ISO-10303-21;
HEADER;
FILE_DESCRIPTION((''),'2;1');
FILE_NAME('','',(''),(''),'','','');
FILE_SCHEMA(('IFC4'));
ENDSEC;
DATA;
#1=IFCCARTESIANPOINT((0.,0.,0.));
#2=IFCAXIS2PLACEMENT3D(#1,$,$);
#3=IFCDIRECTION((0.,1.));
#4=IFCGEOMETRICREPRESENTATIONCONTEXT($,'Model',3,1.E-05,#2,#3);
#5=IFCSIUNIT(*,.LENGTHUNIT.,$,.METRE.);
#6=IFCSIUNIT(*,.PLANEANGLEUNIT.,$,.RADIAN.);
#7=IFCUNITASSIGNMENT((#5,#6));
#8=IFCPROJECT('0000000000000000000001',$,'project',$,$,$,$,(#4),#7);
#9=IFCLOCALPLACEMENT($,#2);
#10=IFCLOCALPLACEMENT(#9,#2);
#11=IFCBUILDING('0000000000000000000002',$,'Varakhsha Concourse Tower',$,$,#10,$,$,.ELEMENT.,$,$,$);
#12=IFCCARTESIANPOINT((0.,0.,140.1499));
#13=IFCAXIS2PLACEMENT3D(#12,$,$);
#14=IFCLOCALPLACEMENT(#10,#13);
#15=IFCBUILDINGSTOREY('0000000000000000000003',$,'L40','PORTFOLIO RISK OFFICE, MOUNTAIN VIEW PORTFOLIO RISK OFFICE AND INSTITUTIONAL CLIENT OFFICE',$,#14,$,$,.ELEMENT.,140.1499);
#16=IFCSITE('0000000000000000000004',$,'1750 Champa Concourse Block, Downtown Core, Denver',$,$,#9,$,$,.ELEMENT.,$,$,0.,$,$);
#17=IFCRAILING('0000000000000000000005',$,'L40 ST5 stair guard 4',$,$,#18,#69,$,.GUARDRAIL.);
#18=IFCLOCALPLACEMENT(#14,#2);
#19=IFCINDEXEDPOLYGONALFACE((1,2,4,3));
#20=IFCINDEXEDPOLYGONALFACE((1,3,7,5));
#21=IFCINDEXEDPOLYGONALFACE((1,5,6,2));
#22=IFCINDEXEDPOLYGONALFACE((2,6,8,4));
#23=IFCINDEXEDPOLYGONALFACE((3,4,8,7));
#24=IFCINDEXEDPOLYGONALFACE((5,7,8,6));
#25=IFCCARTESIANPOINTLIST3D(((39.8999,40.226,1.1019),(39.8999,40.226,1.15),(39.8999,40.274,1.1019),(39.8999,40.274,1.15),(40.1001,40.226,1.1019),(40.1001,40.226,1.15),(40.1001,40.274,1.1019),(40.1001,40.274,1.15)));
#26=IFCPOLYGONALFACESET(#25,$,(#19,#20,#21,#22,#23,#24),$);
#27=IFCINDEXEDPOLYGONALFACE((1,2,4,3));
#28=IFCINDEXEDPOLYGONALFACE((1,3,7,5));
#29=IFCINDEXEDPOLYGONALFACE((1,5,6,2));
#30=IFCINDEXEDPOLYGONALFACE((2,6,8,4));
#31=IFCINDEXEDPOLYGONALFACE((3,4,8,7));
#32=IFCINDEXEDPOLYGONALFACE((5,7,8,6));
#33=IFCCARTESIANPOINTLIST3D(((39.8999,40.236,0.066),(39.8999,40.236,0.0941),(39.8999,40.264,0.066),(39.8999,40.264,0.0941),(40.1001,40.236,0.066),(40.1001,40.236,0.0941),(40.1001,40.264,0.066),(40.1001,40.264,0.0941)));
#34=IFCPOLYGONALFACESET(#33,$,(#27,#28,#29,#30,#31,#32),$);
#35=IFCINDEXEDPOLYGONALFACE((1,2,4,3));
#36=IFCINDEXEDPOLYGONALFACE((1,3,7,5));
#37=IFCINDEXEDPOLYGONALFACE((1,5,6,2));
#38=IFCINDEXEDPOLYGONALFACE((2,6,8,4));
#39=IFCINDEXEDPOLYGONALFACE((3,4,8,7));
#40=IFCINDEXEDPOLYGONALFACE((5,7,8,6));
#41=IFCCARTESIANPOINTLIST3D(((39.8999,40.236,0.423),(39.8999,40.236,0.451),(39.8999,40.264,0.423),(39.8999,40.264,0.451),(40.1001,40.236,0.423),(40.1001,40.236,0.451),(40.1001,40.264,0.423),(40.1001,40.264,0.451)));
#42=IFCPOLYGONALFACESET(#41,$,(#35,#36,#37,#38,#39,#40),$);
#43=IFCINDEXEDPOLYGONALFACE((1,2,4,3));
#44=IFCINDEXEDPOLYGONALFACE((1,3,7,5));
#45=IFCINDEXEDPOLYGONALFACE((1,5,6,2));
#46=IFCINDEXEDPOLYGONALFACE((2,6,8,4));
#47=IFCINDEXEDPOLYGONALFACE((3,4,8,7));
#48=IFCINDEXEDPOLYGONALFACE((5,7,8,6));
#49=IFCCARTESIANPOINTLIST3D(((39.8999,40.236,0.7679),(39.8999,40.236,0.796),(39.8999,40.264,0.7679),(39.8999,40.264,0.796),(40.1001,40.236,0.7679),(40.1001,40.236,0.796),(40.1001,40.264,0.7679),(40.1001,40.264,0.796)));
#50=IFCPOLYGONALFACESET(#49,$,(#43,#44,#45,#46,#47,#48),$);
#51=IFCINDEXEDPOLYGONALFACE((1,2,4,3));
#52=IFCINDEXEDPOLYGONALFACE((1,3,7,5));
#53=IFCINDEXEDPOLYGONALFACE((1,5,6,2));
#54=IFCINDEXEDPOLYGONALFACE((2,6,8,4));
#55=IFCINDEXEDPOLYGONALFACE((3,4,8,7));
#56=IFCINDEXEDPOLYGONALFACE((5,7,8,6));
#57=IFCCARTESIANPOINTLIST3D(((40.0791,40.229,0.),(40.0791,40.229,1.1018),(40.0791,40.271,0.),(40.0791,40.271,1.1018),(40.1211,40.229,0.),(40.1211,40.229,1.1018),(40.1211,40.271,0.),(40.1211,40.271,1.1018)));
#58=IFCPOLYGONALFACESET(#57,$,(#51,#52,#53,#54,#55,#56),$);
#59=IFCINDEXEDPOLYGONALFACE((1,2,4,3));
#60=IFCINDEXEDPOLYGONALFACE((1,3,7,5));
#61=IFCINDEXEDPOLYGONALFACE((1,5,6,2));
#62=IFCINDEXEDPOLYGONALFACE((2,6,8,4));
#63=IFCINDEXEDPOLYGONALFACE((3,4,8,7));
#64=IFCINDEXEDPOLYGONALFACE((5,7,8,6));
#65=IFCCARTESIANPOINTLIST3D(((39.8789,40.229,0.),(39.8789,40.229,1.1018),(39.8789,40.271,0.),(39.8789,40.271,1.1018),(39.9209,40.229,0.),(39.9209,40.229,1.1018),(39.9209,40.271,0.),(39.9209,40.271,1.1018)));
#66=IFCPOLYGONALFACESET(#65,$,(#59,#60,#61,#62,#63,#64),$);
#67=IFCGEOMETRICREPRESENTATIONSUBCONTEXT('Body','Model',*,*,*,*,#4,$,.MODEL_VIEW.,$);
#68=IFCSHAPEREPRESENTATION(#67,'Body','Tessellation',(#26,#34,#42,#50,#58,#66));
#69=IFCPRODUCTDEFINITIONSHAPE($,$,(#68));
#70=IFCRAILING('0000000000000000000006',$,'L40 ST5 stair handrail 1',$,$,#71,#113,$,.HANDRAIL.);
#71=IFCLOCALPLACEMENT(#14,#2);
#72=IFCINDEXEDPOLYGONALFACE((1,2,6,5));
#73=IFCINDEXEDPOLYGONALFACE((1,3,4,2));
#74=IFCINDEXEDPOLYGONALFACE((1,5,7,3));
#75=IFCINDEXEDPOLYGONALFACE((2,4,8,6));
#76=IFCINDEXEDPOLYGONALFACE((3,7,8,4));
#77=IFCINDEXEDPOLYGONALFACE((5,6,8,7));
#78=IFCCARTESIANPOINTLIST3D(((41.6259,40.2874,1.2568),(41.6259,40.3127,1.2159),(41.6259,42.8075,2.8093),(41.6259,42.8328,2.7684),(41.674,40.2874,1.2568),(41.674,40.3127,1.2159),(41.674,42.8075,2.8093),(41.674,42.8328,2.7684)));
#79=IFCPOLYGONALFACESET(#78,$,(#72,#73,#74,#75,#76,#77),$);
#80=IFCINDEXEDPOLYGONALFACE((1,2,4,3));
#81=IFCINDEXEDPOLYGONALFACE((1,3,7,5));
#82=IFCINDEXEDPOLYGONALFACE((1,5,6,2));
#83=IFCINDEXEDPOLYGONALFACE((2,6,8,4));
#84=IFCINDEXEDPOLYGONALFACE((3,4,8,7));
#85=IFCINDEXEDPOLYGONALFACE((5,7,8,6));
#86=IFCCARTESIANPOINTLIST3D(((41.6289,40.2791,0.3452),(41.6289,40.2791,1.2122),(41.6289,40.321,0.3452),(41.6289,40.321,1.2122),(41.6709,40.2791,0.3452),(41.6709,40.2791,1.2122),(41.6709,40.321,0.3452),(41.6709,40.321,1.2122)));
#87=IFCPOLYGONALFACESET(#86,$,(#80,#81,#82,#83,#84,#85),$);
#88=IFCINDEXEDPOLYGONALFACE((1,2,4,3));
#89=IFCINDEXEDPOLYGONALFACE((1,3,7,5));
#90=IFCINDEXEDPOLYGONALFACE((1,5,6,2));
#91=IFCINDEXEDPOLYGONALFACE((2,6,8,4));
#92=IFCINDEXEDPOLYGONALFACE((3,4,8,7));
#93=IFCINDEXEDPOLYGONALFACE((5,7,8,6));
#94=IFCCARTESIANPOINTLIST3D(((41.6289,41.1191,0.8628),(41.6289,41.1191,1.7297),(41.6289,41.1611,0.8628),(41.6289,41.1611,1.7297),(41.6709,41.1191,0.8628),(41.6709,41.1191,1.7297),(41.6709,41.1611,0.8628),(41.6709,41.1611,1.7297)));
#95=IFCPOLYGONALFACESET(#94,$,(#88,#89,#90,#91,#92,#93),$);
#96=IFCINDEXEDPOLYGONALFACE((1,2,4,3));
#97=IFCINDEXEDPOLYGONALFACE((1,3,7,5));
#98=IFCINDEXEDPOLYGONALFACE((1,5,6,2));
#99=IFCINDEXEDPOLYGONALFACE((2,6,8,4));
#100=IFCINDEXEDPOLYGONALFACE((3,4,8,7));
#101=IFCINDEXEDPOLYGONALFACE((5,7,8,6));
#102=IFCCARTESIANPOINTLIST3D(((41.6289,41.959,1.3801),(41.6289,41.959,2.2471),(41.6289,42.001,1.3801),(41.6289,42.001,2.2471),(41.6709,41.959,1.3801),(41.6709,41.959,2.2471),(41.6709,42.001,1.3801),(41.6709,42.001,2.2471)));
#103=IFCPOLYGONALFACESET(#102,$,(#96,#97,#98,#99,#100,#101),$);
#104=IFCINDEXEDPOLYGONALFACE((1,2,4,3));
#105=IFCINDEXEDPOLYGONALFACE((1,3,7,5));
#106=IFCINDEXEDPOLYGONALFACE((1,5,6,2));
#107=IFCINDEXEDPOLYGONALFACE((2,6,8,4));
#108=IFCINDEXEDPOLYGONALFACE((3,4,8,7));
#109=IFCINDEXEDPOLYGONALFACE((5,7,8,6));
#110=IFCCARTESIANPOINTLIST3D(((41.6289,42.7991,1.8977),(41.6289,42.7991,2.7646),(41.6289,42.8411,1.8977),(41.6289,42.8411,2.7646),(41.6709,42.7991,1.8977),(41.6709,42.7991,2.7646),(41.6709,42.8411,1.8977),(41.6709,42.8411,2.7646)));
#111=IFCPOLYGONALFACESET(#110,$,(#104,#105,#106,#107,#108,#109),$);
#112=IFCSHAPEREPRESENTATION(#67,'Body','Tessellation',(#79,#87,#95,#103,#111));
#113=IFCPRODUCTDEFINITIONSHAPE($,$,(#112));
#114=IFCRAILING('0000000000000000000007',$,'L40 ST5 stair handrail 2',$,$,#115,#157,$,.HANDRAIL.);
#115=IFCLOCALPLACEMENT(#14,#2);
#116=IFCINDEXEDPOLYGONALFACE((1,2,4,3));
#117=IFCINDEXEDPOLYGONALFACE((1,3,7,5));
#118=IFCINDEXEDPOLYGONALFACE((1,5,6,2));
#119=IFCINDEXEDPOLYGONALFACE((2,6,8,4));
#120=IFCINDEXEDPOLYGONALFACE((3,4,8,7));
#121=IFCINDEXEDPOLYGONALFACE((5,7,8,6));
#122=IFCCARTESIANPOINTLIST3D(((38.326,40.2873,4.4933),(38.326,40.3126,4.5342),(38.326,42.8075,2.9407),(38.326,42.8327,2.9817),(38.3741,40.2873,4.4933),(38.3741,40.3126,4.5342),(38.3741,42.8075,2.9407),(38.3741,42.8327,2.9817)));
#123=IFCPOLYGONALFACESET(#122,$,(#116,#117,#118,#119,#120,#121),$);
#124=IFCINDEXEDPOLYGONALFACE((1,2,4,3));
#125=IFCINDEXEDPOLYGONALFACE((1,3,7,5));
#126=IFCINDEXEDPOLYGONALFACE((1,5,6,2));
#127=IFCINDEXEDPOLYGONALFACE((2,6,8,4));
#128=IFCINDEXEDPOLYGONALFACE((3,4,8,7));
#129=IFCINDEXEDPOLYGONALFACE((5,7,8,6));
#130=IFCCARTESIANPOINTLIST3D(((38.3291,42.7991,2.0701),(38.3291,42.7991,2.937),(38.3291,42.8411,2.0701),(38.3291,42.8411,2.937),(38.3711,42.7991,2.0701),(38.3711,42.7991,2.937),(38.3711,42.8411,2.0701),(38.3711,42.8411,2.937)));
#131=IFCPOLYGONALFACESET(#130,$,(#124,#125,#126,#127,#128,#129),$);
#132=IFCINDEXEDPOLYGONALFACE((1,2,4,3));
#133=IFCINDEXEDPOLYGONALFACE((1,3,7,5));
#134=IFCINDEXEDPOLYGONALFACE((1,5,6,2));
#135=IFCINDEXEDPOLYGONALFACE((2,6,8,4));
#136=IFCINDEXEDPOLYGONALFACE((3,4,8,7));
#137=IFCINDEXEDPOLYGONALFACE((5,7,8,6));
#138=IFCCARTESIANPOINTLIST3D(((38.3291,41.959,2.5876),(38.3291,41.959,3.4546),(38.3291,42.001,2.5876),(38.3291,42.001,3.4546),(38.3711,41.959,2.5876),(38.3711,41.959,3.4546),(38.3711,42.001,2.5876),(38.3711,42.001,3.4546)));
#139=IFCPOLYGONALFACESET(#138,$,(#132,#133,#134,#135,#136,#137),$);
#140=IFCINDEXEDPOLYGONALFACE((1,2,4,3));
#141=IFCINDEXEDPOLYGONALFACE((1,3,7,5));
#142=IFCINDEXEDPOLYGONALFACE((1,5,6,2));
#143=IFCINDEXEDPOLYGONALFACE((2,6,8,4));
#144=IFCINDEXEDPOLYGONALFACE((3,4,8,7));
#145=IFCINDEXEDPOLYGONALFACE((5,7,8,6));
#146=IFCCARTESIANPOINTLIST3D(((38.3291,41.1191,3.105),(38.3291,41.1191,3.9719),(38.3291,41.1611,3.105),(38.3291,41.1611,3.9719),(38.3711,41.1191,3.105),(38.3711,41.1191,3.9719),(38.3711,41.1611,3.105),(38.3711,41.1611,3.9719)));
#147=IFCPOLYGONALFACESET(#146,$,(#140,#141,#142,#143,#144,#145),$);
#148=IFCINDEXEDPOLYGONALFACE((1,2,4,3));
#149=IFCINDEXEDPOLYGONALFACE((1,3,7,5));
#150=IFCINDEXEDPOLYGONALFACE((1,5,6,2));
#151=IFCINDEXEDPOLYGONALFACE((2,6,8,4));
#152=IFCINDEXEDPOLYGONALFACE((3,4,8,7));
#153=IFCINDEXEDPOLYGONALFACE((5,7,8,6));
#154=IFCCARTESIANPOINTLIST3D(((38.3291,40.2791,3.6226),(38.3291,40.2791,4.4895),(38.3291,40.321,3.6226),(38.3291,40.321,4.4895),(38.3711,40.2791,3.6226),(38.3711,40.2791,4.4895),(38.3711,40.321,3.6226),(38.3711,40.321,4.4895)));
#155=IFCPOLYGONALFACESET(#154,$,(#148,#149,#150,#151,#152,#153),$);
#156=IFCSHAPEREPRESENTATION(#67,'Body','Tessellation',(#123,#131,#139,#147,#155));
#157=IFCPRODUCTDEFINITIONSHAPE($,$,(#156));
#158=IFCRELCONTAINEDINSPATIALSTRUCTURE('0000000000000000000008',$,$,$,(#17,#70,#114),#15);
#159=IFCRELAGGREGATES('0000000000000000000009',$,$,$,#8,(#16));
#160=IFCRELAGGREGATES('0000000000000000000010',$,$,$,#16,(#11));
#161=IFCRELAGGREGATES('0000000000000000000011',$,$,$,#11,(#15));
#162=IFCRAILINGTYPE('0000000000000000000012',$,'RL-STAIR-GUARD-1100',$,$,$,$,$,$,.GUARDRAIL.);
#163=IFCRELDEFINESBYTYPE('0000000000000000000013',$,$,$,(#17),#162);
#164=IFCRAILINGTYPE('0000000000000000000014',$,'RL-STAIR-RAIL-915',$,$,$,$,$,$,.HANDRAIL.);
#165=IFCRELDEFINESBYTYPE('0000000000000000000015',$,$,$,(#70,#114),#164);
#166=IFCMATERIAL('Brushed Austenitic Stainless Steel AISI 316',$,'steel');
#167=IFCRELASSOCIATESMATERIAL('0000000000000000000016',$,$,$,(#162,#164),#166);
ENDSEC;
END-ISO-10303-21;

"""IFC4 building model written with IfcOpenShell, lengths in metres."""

from ifc_helpers import new_model, si_unit, direction, frame, origin, origin_2d, place, context, subcontext, project, spatial, rectangle, extrude, material, type_object, element, save


model = new_model("IFC4")

# Units and contexts
model_context = context("Model", 3, precision=1e-05, world=origin(), true_north=direction((0.0, 1.0)))
body_context = subcontext(model_context, "Body", "Model", "MODEL_VIEW")
ifc_project = project(units=[si_unit("LENGTHUNIT", "METRE"), si_unit("PLANEANGLEUNIT", "RADIAN")], contexts=[model_context])

# Site, building, storey
site_placement = place(None, origin())
site = spatial("IfcSite", under=ifc_project, at=site_placement, Name="1750 Champa Concourse Block, Downtown Core, Denver", CompositionType="ELEMENT", RefElevation=0.0)
building_placement = place(site_placement, origin())
building = spatial("IfcBuilding", under=site, at=building_placement, Name="Varakhsha Concourse Tower", CompositionType="ELEMENT")
storey_placement = place(building_placement, frame((0.0, 0.0, 140.1499)))
storey = spatial("IfcBuildingStorey", under=building, at=storey_placement, Name="L40", Description="PORTFOLIO RISK OFFICE, MOUNTAIN VIEW PORTFOLIO RISK OFFICE AND INSTITUTIONAL CLIENT OFFICE", CompositionType="ELEMENT", Elevation=140.1499)

# Railings
ifc_material_1 = material(Name="Brushed Austenitic Stainless Steel AISI 316", Category="steel")
railing_type_1 = type_object("IfcRailingType", Name="RL-STAIR-GUARD-1100", PredefinedType="GUARDRAIL", material=ifc_material_1)
railing_1_placement = place(storey_placement, frame((40.1001, 40.25, 0.0)))
element("IfcRailing", 1, at=railing_1_placement, inside=storey, type_object=railing_type_1, Name="L40 ST5 stair guard 4", PredefinedType="GUARDRAIL", context=body_context, shape_type="SweptSolid", body=[
    extrude(rectangle(XDim=0.0481, YDim=0.0481, at=origin_2d()), frame((0.0, 0.0, 1.126), z_axis=(-1.0, 0.0, 0.0), x_axis=(0.0, -1.0, 0.0)), (0.0, 0.0, 1.0), 0.2002),
    extrude(rectangle(XDim=0.0281, YDim=0.0281, at=origin_2d()), frame((0.0, 0.0, 0.0801), z_axis=(-1.0, 0.0, 0.0), x_axis=(0.0, -1.0, 0.0)), (0.0, 0.0, 1.0), 0.2002),
    extrude(rectangle(XDim=0.0281, YDim=0.0281, at=origin_2d()), frame((0.0, 0.0, 0.437), z_axis=(-1.0, 0.0, 0.0), x_axis=(0.0, -1.0, 0.0)), (0.0, 0.0, 1.0), 0.2002),
    extrude(rectangle(XDim=0.0281, YDim=0.0281, at=origin_2d()), frame((0.0, 0.0, 0.782), z_axis=(-1.0, 0.0, 0.0), x_axis=(0.0, -1.0, 0.0)), (0.0, 0.0, 1.0), 0.2002),
    extrude(rectangle(XDim=0.042, YDim=0.042, at=origin_2d()), origin(), (0.0, 0.0, 1.0), 1.1018),
    extrude(rectangle(XDim=0.042, YDim=0.042, at=origin_2d()), frame((-0.2002, 0.0, 0.0)), (0.0, 0.0, 1.0), 1.1018),
])
railing_type_2 = type_object("IfcRailingType", Name="RL-STAIR-RAIL-915", PredefinedType="HANDRAIL", material=ifc_material_1)
railing_2_placement = place(storey_placement, frame((41.6499, 40.3, 0.3452)))
element("IfcRailing", 2, at=railing_2_placement, inside=storey, type_object=railing_type_2, Name="L40 ST5 stair handrail 1", PredefinedType="HANDRAIL", context=body_context, shape_type="SweptSolid", body=[
    extrude(rectangle(XDim=0.0481, YDim=0.0481, at=origin_2d()), frame((0.0, 0.0, 0.8911), z_axis=(0.0, 0.8514, 0.524516), x_axis=(-1.0, 0.0, 0.0)), (0.0, 0.0, 1.0), 2.96),
    extrude(rectangle(XDim=0.042, YDim=0.042, at=origin_2d()), origin(), (0.0, 0.0, 1.0), 0.8669),
    extrude(rectangle(XDim=0.042, YDim=0.042, at=origin_2d()), frame((0.0, 0.8401, 0.5176)), (0.0, 0.0, 1.0), 0.8669),
    extrude(rectangle(XDim=0.042, YDim=0.042, at=origin_2d()), frame((0.0, 1.6799, 1.0349)), (0.0, 0.0, 1.0), 0.8669),
    extrude(rectangle(XDim=0.042, YDim=0.042, at=origin_2d()), frame((0.0, 2.52, 1.5525)), (0.0, 0.0, 1.0), 0.8669),
])
railing_3_placement = place(storey_placement, frame((38.3501, 42.8201, 2.0701)))
element("IfcRailing", 3, at=railing_3_placement, inside=storey, type_object=railing_type_2, Name="L40 ST5 stair handrail 2", PredefinedType="HANDRAIL", context=body_context, shape_type="SweptSolid", body=[
    extrude(rectangle(XDim=0.0481, YDim=0.0481, at=origin_2d()), frame((0.0, 0.0, 0.8911), z_axis=(0.0, -0.8514, 0.524516), x_axis=(1.0, 0.0, 0.0)), (0.0, 0.0, 1.0), 2.96),
    extrude(rectangle(XDim=0.042, YDim=0.042, at=origin_2d()), origin(), (0.0, 0.0, 1.0), 0.8669),
    extrude(rectangle(XDim=0.042, YDim=0.042, at=origin_2d()), frame((0.0, -0.8401, 0.5176)), (0.0, 0.0, 1.0), 0.8669),
    extrude(rectangle(XDim=0.042, YDim=0.042, at=origin_2d()), frame((0.0, -1.6799, 1.0349)), (0.0, 0.0, 1.0), 0.8669),
    extrude(rectangle(XDim=0.042, YDim=0.042, at=origin_2d()), frame((0.0, -2.52, 1.5525)), (0.0, 0.0, 1.0), 0.8669),
])

save(model, "model.ifc")
